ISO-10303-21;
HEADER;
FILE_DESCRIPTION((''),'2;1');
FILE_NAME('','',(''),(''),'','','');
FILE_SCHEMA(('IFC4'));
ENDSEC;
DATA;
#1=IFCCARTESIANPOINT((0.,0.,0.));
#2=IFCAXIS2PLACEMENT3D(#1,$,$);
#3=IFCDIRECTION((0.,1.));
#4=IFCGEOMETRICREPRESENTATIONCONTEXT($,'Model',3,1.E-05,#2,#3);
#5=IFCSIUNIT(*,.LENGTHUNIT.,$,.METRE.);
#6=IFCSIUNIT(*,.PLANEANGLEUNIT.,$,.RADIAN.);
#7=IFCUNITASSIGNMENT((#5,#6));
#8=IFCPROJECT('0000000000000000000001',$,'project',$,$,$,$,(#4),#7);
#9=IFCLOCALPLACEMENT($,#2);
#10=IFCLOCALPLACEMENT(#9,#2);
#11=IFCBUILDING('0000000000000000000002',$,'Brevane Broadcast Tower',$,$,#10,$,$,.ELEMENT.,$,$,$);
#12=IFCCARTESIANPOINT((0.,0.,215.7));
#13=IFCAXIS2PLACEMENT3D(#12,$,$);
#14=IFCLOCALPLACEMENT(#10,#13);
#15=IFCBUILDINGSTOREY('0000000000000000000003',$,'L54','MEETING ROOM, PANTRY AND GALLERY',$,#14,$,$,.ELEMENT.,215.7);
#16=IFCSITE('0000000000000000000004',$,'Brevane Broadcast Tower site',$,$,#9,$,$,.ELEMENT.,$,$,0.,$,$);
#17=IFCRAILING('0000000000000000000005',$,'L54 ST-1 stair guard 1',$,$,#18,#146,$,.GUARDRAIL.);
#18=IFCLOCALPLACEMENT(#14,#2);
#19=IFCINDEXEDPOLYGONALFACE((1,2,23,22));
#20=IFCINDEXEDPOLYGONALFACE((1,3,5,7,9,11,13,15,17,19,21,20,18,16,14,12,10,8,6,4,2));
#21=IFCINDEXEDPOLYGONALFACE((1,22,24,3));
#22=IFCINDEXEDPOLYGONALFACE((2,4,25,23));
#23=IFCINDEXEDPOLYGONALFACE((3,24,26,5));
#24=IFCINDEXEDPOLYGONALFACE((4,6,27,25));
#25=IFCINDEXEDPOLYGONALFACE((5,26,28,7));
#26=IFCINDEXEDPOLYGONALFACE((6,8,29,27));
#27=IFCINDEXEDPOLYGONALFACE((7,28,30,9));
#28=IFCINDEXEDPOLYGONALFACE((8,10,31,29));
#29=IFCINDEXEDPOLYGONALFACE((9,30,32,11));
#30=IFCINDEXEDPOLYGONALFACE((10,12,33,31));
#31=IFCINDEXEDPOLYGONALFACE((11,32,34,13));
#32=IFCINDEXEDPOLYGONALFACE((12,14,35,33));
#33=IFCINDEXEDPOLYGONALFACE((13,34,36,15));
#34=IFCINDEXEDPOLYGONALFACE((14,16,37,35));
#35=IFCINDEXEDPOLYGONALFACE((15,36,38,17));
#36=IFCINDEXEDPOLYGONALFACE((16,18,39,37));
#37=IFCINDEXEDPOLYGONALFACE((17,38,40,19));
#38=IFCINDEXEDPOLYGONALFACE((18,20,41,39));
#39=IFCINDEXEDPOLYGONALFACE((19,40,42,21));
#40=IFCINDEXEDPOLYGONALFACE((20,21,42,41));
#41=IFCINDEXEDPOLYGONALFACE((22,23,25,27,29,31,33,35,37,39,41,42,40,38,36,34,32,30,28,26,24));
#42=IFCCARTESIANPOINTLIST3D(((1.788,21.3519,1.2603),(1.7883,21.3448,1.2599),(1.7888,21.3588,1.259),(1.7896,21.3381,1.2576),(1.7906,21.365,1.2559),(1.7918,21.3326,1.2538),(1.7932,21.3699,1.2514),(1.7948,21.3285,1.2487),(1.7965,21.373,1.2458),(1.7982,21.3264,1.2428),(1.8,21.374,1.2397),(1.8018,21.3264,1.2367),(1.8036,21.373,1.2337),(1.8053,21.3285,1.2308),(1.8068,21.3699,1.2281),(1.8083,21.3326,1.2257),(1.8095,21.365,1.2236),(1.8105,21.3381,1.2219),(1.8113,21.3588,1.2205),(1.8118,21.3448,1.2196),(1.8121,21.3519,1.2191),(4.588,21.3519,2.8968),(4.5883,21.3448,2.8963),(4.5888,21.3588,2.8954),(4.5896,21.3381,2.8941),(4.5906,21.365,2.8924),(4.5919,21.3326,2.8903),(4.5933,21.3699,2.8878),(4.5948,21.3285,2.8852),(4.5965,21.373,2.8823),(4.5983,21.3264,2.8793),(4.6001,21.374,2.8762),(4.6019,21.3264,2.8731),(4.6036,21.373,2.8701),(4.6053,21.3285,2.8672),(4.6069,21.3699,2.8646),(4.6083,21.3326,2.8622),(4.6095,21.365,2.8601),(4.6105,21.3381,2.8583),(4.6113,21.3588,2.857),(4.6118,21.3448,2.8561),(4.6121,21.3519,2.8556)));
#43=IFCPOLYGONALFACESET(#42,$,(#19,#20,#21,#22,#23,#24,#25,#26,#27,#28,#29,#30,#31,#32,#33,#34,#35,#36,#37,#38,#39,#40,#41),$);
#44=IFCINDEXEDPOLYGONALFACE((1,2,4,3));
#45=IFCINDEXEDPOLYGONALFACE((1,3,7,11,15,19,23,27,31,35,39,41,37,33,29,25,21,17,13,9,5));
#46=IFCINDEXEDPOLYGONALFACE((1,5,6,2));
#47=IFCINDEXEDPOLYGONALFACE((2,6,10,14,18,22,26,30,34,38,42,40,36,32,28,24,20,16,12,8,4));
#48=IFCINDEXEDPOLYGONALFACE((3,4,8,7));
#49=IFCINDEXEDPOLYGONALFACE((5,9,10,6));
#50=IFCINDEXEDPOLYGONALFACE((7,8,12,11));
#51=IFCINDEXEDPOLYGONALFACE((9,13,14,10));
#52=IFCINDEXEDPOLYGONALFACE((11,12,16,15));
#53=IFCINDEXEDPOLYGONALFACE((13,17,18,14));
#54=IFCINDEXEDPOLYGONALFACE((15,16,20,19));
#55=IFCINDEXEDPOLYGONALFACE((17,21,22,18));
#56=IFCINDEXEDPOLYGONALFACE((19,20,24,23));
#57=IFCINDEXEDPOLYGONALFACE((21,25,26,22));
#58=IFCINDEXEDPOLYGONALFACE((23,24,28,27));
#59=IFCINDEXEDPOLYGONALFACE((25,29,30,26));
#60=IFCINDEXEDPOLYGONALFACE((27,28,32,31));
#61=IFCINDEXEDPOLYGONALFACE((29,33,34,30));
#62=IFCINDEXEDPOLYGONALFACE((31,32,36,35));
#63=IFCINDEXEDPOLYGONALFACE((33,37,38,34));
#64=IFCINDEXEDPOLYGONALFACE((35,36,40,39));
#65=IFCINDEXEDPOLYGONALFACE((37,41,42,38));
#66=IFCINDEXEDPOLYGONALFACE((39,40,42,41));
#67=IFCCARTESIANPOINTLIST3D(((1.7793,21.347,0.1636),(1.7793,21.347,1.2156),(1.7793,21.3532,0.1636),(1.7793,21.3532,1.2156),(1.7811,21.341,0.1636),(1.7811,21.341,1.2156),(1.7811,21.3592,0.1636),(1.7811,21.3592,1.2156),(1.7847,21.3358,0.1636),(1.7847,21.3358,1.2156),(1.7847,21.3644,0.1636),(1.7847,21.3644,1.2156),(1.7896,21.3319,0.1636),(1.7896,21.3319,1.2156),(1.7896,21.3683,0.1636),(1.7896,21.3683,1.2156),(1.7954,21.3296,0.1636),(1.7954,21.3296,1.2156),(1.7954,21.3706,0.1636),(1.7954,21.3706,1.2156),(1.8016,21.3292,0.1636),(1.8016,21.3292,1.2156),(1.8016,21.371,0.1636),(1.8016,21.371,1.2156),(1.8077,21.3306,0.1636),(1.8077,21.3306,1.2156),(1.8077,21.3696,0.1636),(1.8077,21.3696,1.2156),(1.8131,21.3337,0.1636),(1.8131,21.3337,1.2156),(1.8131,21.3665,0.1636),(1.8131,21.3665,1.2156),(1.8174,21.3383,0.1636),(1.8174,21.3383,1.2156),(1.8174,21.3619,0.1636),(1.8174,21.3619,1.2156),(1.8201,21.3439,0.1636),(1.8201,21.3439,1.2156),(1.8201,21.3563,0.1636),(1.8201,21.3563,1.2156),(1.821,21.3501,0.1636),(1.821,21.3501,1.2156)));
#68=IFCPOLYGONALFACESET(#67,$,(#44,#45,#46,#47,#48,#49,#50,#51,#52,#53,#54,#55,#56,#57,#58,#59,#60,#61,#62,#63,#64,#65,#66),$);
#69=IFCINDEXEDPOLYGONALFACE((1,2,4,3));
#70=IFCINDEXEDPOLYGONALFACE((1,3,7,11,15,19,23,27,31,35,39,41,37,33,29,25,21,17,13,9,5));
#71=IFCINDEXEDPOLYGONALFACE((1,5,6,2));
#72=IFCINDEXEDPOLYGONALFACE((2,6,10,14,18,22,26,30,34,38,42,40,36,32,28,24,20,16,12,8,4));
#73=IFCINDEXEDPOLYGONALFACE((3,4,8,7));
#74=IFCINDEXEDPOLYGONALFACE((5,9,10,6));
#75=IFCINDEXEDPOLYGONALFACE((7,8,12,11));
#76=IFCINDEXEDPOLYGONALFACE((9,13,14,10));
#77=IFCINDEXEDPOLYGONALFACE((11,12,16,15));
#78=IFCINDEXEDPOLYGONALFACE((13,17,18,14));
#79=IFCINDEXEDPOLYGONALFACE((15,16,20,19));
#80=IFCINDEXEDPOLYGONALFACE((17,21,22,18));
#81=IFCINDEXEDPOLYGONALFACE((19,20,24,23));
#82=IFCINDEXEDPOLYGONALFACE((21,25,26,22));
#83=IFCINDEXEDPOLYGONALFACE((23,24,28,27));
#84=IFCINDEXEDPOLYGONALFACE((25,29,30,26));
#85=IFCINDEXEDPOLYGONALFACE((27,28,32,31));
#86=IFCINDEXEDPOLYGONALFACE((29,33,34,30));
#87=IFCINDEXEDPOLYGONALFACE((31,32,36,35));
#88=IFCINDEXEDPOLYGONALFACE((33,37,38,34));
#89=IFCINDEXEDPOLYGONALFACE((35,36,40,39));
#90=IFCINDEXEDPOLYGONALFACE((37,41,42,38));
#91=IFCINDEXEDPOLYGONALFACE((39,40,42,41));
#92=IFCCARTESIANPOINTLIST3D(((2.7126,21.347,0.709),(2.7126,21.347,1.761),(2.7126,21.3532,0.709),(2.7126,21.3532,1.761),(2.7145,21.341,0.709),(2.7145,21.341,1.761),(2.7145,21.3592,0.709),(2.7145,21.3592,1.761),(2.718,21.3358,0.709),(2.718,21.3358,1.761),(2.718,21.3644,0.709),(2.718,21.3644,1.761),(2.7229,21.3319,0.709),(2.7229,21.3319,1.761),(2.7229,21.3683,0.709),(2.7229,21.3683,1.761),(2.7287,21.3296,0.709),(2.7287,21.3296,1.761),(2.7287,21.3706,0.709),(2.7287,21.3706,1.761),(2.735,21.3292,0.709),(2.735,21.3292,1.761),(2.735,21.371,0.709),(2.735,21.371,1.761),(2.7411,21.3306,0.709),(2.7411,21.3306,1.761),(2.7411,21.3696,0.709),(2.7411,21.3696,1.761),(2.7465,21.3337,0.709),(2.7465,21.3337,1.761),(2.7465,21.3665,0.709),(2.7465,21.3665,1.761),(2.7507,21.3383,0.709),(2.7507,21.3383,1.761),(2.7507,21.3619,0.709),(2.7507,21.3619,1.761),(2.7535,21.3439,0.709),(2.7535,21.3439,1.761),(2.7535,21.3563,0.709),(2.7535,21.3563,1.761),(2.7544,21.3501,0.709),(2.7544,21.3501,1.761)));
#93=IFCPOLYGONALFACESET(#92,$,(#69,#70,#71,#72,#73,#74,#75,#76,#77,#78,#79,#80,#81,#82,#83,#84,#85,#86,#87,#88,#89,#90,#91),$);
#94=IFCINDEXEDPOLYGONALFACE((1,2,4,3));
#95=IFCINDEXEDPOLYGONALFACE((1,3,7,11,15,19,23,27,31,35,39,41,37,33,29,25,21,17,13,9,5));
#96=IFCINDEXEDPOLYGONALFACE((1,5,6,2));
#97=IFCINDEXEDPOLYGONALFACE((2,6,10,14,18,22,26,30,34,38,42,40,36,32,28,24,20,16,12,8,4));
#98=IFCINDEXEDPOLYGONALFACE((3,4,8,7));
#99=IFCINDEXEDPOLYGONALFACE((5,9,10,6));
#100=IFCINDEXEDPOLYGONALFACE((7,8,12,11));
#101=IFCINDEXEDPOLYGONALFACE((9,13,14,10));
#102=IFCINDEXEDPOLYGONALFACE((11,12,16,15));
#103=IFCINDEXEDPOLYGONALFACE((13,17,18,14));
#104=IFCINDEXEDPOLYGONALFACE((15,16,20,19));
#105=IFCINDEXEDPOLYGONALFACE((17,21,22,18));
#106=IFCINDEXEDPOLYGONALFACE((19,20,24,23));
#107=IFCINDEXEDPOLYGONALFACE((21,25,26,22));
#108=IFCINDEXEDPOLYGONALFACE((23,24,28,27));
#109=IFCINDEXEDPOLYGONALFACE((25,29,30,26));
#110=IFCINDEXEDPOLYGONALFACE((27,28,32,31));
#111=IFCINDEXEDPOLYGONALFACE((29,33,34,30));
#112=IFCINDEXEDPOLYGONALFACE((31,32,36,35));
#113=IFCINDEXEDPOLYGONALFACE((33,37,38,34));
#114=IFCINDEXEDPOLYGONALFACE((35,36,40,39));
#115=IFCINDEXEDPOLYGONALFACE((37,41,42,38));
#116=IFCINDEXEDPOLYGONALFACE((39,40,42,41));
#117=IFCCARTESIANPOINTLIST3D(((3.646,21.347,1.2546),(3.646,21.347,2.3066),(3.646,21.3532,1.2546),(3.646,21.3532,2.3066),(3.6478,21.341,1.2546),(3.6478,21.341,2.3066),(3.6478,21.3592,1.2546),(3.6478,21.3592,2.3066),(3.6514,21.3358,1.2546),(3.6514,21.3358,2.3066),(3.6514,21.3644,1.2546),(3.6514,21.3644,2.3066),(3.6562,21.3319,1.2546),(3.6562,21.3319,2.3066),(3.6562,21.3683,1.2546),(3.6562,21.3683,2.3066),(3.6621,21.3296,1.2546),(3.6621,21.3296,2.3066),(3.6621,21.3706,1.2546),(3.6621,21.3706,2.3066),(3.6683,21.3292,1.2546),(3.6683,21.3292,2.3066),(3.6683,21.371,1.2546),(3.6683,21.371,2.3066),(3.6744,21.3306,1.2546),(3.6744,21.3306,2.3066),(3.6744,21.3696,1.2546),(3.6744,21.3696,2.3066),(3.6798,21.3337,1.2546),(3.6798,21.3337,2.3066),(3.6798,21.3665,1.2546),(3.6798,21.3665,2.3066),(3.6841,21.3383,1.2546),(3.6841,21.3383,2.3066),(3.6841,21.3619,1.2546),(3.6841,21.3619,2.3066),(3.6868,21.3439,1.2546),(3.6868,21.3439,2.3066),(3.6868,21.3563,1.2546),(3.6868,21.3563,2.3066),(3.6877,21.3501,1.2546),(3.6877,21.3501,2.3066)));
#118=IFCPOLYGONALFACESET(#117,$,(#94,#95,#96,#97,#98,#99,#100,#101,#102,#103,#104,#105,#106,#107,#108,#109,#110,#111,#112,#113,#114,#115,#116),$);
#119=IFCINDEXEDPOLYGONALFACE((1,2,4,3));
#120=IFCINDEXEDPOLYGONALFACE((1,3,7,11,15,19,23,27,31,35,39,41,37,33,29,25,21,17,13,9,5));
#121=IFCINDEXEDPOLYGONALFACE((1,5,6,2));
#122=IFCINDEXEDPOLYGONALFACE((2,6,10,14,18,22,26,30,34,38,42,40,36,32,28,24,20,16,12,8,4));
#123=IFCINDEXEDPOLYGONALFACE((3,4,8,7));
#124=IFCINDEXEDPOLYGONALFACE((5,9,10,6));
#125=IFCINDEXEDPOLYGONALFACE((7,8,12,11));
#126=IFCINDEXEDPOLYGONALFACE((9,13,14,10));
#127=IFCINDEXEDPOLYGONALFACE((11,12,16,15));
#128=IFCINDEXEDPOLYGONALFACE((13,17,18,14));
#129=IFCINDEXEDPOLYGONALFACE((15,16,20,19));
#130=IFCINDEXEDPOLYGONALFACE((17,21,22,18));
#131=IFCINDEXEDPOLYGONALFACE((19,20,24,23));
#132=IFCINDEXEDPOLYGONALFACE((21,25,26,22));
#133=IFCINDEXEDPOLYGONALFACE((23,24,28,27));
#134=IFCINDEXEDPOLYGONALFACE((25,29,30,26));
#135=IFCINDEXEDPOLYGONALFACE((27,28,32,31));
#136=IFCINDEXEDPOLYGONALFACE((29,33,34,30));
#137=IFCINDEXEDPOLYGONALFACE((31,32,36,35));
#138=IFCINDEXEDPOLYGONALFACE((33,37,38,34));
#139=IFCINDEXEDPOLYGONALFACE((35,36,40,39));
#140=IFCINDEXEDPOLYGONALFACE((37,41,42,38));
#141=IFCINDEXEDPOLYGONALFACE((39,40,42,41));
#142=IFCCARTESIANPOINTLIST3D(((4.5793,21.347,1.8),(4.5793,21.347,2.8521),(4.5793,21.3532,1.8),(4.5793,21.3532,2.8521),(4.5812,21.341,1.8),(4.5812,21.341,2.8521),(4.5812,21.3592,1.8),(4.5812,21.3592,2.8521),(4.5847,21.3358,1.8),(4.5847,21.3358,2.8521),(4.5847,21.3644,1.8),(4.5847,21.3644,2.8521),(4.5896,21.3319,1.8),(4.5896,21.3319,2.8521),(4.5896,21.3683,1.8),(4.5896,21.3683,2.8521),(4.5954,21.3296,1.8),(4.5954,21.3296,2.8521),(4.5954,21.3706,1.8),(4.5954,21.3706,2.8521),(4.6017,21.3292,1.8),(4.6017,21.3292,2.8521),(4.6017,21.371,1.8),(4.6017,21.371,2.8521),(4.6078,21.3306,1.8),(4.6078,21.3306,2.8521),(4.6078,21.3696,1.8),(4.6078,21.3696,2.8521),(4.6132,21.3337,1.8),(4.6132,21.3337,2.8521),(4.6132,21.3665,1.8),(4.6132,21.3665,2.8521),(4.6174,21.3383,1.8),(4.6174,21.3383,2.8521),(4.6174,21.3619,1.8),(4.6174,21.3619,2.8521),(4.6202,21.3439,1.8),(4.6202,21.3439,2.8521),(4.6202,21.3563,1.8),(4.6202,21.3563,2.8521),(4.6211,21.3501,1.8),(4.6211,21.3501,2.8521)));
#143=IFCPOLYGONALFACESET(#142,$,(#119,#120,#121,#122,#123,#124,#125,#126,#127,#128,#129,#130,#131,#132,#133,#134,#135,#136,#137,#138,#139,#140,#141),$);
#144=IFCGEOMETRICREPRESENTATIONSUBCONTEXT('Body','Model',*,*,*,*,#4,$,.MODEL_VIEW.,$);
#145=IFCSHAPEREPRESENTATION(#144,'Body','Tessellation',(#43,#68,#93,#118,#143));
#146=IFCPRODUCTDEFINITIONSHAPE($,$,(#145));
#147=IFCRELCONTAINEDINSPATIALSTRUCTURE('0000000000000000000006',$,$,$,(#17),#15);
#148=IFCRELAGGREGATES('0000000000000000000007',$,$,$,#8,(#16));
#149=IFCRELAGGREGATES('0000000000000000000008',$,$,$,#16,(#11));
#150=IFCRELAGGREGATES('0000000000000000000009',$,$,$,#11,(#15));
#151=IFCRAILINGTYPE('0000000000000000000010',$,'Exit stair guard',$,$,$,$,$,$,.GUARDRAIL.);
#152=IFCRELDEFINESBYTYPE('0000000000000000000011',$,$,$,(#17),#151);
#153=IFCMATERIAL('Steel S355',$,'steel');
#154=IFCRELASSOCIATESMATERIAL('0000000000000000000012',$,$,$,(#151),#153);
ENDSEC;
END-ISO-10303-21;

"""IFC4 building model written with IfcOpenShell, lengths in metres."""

from ifc_helpers import new_model, si_unit, direction, frame, origin, origin_2d, place, context, subcontext, project, spatial, circle, extrude, material, type_object, element, save


model = new_model("IFC4")

# Units and contexts
model_context = context("Model", 3, precision=1e-05, world=origin(), true_north=direction((0.0, 1.0)))
body_context = subcontext(model_context, "Body", "Model", "MODEL_VIEW")
ifc_project = project(units=[si_unit("LENGTHUNIT", "METRE"), si_unit("PLANEANGLEUNIT", "RADIAN")], contexts=[model_context])

# Site, building, storey
site_placement = place(None, origin())
site = spatial("IfcSite", under=ifc_project, at=site_placement, Name="Brevane Broadcast Tower site", CompositionType="ELEMENT", RefElevation=0.0)
building_placement = place(site_placement, origin())
building = spatial("IfcBuilding", under=site, at=building_placement, Name="Brevane Broadcast Tower", CompositionType="ELEMENT")
storey_placement = place(building_placement, frame((0.0, 0.0, 215.7)))
storey = spatial("IfcBuildingStorey", under=building, at=storey_placement, Name="L54", Description="MEETING ROOM, PANTRY AND GALLERY", CompositionType="ELEMENT", Elevation=215.7)

# Railing
ifc_material_1 = material(Name="Steel S355", Category="steel")
railing_type_1 = type_object("IfcRailingType", Name="Exit stair guard", PredefinedType="GUARDRAIL", material=ifc_material_1)
railing_1_placement = place(storey_placement, frame((1.8, 21.3501, 0.1636)))
element("IfcRailing", 1, at=railing_1_placement, inside=storey, type_object=railing_type_1, Name="L54 ST-1 stair guard 1", PredefinedType="GUARDRAIL", context=body_context, shape_type="SweptSolid", body=[
    extrude(circle(Radius=0.0239, at=origin_2d()), frame((0.0, 0.0, 1.0762), z_axis=(0.863361, 0.0, 0.504587), x_axis=(0.0, 1.0, 0.0)), (0.0, 0.0, 1.0), 3.2432),
    extrude(circle(Radius=0.021, at=origin_2d()), origin(), (0.0, 0.0, 1.0), 1.052),
    extrude(circle(Radius=0.021, at=origin_2d()), frame((0.9333, 0.0, 0.5454)), (0.0, 0.0, 1.0), 1.052),
    extrude(circle(Radius=0.021, at=origin_2d()), frame((1.8667, 0.0, 1.0911)), (0.0, 0.0, 1.0), 1.052),
    extrude(circle(Radius=0.021, at=origin_2d()), frame((2.8, 0.0, 1.6365)), (0.0, 0.0, 1.0), 1.052),
])

save(model, "model.ifc")
